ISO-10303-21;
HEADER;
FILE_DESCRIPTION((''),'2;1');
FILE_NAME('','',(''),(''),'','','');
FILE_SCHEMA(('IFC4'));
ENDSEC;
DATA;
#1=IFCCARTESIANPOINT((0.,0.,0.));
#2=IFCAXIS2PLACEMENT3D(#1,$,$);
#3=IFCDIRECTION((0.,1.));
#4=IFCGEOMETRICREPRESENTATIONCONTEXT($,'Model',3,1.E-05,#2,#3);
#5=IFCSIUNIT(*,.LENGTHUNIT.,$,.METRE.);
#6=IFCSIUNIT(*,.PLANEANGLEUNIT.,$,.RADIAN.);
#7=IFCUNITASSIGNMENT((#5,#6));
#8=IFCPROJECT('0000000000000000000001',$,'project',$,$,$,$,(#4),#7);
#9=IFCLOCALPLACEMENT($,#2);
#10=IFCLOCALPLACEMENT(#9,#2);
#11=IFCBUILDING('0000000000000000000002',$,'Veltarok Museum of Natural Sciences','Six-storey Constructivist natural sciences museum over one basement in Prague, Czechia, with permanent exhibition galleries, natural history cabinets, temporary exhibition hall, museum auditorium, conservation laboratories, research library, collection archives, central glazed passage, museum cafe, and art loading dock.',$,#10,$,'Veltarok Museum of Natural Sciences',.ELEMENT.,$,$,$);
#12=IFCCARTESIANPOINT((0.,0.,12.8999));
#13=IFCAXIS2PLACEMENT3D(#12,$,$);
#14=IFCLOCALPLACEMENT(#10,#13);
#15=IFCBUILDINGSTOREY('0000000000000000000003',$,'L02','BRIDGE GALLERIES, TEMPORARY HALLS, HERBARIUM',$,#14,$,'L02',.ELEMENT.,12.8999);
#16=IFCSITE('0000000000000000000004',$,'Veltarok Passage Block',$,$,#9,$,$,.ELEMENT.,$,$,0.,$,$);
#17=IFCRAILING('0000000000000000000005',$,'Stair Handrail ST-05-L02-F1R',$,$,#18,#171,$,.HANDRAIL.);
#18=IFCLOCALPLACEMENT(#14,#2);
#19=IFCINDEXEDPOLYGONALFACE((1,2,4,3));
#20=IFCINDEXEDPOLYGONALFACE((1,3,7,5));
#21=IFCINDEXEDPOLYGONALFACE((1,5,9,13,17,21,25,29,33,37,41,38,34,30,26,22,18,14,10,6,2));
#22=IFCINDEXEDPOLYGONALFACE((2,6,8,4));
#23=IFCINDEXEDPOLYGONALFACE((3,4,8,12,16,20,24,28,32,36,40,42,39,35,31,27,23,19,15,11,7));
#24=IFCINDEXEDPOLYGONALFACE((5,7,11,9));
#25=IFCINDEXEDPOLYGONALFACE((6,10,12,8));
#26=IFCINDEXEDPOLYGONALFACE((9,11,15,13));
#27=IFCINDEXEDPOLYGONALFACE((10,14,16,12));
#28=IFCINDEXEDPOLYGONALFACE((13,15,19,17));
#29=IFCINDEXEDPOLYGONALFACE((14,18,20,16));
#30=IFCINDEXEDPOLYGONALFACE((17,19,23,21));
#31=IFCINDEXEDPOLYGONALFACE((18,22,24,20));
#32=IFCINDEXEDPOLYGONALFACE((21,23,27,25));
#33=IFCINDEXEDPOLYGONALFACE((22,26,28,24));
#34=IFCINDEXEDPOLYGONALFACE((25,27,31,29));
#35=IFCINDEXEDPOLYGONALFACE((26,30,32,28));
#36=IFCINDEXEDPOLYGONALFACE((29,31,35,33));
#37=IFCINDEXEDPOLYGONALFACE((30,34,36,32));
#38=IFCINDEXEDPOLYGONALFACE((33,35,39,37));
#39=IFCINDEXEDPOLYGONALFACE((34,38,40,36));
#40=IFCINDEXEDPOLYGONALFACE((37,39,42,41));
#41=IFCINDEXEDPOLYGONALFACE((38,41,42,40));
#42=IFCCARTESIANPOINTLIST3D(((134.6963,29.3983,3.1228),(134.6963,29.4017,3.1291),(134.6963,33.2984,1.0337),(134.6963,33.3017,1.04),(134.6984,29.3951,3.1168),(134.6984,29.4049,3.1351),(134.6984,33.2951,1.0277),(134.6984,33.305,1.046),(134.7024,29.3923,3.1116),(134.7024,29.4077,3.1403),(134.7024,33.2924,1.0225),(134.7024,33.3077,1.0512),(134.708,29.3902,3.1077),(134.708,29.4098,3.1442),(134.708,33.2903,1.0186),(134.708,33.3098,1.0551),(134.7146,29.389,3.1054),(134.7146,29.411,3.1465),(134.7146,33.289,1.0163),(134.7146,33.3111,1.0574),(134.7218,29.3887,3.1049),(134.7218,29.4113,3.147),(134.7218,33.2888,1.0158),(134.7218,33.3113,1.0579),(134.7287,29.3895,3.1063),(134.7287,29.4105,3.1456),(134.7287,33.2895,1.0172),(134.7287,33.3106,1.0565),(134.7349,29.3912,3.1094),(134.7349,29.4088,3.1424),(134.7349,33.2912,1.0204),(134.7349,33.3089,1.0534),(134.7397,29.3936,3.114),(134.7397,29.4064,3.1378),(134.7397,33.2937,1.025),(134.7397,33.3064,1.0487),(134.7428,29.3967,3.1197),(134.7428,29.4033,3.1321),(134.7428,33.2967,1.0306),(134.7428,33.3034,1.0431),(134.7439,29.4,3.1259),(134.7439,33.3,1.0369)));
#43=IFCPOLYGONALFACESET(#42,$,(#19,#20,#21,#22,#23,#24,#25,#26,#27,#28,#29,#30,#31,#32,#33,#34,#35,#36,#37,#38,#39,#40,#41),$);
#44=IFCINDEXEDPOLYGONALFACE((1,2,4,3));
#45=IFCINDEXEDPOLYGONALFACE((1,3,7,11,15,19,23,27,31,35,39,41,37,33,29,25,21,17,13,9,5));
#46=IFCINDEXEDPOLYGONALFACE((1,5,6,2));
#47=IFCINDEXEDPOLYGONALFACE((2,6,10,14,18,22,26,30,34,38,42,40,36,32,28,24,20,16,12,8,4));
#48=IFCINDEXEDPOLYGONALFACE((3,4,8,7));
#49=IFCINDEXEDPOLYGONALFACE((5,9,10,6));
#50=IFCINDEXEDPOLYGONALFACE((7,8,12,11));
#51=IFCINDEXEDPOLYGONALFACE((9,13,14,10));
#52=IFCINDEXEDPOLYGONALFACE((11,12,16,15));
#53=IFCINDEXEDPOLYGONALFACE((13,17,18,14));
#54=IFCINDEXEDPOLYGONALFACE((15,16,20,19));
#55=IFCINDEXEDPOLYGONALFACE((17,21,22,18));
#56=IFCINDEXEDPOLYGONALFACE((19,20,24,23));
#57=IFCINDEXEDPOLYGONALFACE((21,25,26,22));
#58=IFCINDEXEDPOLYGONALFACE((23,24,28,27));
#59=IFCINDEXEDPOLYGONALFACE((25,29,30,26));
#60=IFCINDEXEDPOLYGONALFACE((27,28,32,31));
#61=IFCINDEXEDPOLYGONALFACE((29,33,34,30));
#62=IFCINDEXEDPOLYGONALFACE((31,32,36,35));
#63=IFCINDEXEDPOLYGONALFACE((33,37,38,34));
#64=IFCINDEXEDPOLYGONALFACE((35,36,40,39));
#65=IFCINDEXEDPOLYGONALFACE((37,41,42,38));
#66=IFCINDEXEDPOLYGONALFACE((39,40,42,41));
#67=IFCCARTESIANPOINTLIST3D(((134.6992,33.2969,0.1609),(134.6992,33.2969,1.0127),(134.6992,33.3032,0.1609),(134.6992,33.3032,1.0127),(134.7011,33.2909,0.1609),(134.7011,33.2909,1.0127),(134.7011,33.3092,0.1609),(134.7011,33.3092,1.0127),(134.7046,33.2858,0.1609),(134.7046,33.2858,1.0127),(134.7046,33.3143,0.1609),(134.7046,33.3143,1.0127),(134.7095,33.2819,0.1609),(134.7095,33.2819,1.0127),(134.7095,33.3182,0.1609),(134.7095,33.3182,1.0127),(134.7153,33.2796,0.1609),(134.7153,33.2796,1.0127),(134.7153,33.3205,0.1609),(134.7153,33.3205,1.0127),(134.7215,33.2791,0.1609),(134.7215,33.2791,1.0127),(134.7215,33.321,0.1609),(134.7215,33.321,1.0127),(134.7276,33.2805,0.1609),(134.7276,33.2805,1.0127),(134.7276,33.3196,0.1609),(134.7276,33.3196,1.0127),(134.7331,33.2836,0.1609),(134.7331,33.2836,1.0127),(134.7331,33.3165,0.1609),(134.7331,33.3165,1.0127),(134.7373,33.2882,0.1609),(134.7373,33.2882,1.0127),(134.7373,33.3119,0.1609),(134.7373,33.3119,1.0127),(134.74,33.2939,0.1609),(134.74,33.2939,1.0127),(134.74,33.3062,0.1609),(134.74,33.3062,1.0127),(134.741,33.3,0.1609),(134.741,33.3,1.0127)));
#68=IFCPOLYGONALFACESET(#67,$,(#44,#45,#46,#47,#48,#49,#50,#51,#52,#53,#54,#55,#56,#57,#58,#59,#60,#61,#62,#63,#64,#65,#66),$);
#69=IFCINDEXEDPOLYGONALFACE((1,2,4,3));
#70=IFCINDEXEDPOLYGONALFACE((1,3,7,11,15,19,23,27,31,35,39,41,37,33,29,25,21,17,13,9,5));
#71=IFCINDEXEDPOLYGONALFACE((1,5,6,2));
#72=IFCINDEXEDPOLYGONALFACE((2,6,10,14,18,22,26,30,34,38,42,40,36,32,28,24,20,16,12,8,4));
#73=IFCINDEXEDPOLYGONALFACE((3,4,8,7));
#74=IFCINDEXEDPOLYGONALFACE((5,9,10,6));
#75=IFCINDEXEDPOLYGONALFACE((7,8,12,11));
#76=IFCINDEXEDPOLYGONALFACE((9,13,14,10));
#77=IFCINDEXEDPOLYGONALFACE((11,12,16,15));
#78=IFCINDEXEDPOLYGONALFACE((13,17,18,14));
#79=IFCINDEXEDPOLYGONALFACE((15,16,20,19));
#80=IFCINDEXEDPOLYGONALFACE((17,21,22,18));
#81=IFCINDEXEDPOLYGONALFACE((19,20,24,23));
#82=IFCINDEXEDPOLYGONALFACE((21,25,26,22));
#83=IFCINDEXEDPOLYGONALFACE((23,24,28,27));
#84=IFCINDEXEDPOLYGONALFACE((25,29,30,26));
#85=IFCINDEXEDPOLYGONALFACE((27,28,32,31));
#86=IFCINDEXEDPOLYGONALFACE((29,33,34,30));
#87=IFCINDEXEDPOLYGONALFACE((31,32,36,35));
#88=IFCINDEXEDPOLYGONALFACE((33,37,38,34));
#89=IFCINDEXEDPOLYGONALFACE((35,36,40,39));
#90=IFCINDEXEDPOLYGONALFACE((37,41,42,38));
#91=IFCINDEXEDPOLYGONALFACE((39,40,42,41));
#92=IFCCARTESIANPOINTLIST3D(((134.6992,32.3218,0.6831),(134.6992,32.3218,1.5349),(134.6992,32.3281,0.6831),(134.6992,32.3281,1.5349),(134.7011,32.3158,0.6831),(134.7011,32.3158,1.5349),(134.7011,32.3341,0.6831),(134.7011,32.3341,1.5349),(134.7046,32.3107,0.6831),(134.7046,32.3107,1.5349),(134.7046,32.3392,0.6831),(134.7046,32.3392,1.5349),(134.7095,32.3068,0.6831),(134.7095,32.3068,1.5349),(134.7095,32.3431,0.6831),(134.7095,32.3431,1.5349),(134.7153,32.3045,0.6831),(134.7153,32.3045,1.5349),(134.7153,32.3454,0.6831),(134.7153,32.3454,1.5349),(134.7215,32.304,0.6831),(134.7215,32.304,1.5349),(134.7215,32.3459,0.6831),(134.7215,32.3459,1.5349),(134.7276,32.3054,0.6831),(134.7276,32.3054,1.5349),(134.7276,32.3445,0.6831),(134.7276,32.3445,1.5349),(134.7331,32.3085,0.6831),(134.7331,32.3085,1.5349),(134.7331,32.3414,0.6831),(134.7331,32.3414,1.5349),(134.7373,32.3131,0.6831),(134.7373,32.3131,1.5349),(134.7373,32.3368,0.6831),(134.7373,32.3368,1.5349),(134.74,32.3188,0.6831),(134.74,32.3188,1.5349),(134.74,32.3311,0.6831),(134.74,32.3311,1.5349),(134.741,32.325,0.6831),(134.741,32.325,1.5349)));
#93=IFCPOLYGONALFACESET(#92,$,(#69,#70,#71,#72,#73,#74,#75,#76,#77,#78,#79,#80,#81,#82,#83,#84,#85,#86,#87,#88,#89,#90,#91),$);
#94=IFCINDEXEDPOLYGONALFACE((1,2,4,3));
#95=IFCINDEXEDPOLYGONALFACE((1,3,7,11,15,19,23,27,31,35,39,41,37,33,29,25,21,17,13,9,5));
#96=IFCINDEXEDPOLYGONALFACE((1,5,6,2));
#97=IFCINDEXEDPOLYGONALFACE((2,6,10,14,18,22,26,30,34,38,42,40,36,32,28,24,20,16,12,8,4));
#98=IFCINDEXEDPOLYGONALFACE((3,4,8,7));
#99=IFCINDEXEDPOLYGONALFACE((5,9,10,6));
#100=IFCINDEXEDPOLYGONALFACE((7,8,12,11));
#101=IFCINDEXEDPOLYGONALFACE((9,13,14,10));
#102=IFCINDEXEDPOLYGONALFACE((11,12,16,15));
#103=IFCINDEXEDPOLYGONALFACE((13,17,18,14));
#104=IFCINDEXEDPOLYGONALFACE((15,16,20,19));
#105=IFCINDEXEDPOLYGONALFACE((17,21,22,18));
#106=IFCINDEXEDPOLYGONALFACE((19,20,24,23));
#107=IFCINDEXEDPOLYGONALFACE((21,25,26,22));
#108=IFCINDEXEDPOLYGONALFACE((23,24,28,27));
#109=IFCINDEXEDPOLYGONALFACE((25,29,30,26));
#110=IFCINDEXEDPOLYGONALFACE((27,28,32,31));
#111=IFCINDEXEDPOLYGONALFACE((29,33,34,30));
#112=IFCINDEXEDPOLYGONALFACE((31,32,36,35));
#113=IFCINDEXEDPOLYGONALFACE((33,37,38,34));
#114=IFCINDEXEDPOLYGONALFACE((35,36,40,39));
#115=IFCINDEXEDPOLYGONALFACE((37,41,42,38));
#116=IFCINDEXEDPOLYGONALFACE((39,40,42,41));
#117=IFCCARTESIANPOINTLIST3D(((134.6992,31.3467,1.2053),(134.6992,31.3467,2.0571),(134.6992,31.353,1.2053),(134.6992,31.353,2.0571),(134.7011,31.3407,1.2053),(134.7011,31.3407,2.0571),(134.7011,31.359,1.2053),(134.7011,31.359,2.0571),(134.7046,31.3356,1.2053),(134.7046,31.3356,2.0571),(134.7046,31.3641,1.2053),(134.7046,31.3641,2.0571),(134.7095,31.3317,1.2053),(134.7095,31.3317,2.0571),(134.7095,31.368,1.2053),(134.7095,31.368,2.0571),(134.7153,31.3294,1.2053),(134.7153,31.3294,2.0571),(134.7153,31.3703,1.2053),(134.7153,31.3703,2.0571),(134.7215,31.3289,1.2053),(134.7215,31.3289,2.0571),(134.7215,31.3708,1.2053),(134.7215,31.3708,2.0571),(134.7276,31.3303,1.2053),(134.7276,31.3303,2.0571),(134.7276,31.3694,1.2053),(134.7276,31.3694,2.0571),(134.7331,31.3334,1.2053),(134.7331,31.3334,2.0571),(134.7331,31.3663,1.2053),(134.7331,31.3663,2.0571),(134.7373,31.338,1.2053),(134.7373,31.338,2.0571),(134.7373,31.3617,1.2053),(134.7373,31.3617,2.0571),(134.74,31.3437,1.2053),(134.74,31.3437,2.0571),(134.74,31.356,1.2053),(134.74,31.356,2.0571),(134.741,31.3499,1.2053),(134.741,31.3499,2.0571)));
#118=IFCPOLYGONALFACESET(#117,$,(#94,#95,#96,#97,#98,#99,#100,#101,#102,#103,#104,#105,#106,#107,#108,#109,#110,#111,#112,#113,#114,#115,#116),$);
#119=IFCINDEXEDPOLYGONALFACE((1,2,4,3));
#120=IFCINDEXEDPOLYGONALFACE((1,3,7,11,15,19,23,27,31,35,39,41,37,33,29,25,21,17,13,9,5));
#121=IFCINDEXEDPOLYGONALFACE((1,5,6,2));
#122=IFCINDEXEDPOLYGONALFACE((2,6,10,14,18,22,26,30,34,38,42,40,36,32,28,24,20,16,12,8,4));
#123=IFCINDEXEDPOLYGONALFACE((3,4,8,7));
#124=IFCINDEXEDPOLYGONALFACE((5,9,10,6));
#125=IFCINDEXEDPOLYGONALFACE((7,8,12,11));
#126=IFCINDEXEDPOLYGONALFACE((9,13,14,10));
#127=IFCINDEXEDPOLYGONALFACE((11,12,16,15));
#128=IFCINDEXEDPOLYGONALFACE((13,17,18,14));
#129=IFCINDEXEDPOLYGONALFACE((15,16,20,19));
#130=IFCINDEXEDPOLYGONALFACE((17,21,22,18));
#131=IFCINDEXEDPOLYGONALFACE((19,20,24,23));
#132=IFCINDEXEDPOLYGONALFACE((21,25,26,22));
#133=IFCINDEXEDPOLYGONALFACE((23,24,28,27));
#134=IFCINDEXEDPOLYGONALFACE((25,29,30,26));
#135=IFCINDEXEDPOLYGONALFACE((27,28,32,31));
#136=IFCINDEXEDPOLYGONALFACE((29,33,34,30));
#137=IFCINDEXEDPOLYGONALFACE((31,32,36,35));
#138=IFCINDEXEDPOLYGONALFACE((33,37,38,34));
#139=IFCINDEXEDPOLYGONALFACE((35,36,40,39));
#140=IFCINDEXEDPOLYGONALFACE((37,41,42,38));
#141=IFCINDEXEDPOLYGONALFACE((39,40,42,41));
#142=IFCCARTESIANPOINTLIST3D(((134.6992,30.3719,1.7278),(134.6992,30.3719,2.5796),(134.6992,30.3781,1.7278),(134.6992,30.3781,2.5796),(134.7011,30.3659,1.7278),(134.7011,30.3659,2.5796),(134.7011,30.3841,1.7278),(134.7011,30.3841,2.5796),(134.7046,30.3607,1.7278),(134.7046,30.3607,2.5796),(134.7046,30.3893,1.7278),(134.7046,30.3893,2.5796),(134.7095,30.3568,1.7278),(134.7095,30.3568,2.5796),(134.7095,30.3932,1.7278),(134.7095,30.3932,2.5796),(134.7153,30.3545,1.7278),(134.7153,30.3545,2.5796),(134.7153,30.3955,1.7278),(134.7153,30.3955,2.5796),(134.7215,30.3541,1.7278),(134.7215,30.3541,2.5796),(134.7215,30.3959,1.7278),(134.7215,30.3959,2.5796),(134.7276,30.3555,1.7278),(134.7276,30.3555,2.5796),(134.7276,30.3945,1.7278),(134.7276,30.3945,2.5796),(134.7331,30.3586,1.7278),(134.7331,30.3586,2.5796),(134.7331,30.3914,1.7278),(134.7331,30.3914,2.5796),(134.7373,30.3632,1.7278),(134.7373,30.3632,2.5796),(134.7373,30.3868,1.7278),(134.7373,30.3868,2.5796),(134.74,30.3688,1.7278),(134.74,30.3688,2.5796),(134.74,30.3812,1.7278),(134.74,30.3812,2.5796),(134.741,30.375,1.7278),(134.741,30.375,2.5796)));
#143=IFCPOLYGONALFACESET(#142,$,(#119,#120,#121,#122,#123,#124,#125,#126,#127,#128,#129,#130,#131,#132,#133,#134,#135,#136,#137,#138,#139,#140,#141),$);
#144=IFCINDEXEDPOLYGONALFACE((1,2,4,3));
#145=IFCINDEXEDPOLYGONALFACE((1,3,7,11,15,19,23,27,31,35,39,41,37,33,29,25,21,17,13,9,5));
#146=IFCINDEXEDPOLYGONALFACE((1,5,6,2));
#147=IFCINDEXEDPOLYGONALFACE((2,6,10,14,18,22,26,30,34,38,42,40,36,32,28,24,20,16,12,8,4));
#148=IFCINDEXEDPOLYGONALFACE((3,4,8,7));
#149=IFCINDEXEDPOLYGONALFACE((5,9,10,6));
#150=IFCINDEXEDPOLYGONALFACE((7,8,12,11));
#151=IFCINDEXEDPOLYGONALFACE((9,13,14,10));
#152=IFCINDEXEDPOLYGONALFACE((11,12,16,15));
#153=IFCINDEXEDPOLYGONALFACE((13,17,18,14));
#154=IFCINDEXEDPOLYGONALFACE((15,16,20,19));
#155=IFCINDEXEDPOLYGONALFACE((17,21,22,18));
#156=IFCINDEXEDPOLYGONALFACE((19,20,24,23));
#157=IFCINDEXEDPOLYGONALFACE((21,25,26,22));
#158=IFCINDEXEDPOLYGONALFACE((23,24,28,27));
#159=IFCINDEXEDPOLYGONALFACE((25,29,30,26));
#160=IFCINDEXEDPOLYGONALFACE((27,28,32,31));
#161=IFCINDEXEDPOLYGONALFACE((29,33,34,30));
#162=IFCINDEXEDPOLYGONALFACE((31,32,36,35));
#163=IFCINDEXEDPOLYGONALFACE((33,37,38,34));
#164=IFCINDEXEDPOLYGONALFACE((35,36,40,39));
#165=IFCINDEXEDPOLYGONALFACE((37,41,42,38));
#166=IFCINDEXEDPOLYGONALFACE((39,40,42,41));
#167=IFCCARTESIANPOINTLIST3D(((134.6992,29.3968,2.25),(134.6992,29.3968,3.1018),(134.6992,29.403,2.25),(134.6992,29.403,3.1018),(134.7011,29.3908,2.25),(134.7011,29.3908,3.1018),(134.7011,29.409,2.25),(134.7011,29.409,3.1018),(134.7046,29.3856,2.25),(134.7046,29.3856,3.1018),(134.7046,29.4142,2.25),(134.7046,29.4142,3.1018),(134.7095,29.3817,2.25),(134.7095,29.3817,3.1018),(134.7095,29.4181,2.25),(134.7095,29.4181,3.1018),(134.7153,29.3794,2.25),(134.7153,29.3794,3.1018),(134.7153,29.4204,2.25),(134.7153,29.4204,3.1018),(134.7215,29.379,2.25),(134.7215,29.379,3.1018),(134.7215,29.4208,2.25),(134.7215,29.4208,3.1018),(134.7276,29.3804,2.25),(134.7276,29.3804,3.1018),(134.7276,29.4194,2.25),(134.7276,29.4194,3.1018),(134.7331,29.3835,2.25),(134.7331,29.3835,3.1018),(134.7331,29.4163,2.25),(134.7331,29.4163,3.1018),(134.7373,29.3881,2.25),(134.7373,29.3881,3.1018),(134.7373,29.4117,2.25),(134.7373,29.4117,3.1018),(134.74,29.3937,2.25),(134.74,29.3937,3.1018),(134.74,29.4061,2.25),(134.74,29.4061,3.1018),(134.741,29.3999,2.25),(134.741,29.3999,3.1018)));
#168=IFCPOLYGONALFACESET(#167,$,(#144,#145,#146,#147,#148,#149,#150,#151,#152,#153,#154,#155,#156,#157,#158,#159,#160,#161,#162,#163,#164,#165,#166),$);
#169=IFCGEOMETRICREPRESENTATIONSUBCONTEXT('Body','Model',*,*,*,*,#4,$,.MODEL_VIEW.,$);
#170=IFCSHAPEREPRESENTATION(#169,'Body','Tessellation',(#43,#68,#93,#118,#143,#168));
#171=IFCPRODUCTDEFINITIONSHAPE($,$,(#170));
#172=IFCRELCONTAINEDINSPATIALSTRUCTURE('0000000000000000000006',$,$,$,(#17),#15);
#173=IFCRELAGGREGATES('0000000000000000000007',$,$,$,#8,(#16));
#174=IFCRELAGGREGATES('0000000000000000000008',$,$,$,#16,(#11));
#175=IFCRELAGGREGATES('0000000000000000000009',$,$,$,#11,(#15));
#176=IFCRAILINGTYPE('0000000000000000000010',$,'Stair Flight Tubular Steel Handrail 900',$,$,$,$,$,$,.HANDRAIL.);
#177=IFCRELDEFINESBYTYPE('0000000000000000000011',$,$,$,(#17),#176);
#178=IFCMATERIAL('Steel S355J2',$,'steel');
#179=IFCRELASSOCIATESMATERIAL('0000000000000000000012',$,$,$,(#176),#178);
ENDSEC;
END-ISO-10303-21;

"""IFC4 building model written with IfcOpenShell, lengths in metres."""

from ifc_helpers import new_model, si_unit, direction, frame, origin, origin_2d, place, context, subcontext, project, spatial, circle, extrude, material, type_object, element, save


model = new_model("IFC4")

# Units and contexts
model_context = context("Model", 3, precision=1e-05, world=origin(), true_north=direction((0.0, 1.0)))
body_context = subcontext(model_context, "Body", "Model", "MODEL_VIEW")
ifc_project = project(units=[si_unit("LENGTHUNIT", "METRE"), si_unit("PLANEANGLEUNIT", "RADIAN")], contexts=[model_context])

# Site, building, storey
site_placement = place(None, origin())
site = spatial("IfcSite", under=ifc_project, at=site_placement, Name="Veltarok Passage Block", CompositionType="ELEMENT", RefElevation=0.0)
building_placement = place(site_placement, origin())
building = spatial("IfcBuilding", under=site, at=building_placement, Name="Veltarok Museum of Natural Sciences", Description="Six-storey Constructivist natural sciences museum over one basement in Prague, Czechia, with permanent exhibition galleries, natural history cabinets, temporary exhibition hall, museum auditorium, conservation laboratories, research library, collection archives, central glazed passage, museum cafe, and art loading dock.", LongName="Veltarok Museum of Natural Sciences", CompositionType="ELEMENT")
storey_placement = place(building_placement, frame((0.0, 0.0, 12.8999)))
storey = spatial("IfcBuildingStorey", under=building, at=storey_placement, Name="L02", Description="BRIDGE GALLERIES, TEMPORARY HALLS, HERBARIUM", LongName="L02", CompositionType="ELEMENT", Elevation=12.8999)

# Shared definitions
ifc_material_1 = material(Name="Steel S355J2", Category="steel")

# Railing
railing_type = type_object("IfcRailingType", Name="Stair Flight Tubular Steel Handrail 900", PredefinedType="HANDRAIL", material=ifc_material_1)
for number, where, name in (
    (1, (134.72, 33.3, 0.1609), "Stair Handrail ST-05-L02-F1R"),
):
    element("IfcRailing", number, at=place(storey_placement, frame(where)), inside=storey, type_object=railing_type, Name=name, PredefinedType="HANDRAIL", context=body_context, shape_type="SweptSolid", body=[
        extrude(circle(Radius=0.0239, at=origin_2d()), frame((0.0, 0.0, 0.876), z_axis=(0.0, -0.881504, 0.472177), x_axis=(1.0, 0.0, 0.0)), (0.0, 0.0, 1.0), 4.4243),
        extrude(circle(Radius=0.021, at=origin_2d()), origin(), (0.0, 0.0, 1.0), 0.8518),
        extrude(circle(Radius=0.021, at=origin_2d()), frame((0.0, -0.9751, 0.5222)), (0.0, 0.0, 1.0), 0.8518),
        extrude(circle(Radius=0.021, at=origin_2d()), frame((0.0, -1.9502, 1.0444)), (0.0, 0.0, 1.0), 0.8518),
        extrude(circle(Radius=0.021, at=origin_2d()), frame((0.0, -2.925, 1.5669)), (0.0, 0.0, 1.0), 0.8518),
        extrude(circle(Radius=0.021, at=origin_2d()), frame((0.0, -3.9001, 2.0891)), (0.0, 0.0, 1.0), 0.8518),
    ])

save(model, "model.ifc")
